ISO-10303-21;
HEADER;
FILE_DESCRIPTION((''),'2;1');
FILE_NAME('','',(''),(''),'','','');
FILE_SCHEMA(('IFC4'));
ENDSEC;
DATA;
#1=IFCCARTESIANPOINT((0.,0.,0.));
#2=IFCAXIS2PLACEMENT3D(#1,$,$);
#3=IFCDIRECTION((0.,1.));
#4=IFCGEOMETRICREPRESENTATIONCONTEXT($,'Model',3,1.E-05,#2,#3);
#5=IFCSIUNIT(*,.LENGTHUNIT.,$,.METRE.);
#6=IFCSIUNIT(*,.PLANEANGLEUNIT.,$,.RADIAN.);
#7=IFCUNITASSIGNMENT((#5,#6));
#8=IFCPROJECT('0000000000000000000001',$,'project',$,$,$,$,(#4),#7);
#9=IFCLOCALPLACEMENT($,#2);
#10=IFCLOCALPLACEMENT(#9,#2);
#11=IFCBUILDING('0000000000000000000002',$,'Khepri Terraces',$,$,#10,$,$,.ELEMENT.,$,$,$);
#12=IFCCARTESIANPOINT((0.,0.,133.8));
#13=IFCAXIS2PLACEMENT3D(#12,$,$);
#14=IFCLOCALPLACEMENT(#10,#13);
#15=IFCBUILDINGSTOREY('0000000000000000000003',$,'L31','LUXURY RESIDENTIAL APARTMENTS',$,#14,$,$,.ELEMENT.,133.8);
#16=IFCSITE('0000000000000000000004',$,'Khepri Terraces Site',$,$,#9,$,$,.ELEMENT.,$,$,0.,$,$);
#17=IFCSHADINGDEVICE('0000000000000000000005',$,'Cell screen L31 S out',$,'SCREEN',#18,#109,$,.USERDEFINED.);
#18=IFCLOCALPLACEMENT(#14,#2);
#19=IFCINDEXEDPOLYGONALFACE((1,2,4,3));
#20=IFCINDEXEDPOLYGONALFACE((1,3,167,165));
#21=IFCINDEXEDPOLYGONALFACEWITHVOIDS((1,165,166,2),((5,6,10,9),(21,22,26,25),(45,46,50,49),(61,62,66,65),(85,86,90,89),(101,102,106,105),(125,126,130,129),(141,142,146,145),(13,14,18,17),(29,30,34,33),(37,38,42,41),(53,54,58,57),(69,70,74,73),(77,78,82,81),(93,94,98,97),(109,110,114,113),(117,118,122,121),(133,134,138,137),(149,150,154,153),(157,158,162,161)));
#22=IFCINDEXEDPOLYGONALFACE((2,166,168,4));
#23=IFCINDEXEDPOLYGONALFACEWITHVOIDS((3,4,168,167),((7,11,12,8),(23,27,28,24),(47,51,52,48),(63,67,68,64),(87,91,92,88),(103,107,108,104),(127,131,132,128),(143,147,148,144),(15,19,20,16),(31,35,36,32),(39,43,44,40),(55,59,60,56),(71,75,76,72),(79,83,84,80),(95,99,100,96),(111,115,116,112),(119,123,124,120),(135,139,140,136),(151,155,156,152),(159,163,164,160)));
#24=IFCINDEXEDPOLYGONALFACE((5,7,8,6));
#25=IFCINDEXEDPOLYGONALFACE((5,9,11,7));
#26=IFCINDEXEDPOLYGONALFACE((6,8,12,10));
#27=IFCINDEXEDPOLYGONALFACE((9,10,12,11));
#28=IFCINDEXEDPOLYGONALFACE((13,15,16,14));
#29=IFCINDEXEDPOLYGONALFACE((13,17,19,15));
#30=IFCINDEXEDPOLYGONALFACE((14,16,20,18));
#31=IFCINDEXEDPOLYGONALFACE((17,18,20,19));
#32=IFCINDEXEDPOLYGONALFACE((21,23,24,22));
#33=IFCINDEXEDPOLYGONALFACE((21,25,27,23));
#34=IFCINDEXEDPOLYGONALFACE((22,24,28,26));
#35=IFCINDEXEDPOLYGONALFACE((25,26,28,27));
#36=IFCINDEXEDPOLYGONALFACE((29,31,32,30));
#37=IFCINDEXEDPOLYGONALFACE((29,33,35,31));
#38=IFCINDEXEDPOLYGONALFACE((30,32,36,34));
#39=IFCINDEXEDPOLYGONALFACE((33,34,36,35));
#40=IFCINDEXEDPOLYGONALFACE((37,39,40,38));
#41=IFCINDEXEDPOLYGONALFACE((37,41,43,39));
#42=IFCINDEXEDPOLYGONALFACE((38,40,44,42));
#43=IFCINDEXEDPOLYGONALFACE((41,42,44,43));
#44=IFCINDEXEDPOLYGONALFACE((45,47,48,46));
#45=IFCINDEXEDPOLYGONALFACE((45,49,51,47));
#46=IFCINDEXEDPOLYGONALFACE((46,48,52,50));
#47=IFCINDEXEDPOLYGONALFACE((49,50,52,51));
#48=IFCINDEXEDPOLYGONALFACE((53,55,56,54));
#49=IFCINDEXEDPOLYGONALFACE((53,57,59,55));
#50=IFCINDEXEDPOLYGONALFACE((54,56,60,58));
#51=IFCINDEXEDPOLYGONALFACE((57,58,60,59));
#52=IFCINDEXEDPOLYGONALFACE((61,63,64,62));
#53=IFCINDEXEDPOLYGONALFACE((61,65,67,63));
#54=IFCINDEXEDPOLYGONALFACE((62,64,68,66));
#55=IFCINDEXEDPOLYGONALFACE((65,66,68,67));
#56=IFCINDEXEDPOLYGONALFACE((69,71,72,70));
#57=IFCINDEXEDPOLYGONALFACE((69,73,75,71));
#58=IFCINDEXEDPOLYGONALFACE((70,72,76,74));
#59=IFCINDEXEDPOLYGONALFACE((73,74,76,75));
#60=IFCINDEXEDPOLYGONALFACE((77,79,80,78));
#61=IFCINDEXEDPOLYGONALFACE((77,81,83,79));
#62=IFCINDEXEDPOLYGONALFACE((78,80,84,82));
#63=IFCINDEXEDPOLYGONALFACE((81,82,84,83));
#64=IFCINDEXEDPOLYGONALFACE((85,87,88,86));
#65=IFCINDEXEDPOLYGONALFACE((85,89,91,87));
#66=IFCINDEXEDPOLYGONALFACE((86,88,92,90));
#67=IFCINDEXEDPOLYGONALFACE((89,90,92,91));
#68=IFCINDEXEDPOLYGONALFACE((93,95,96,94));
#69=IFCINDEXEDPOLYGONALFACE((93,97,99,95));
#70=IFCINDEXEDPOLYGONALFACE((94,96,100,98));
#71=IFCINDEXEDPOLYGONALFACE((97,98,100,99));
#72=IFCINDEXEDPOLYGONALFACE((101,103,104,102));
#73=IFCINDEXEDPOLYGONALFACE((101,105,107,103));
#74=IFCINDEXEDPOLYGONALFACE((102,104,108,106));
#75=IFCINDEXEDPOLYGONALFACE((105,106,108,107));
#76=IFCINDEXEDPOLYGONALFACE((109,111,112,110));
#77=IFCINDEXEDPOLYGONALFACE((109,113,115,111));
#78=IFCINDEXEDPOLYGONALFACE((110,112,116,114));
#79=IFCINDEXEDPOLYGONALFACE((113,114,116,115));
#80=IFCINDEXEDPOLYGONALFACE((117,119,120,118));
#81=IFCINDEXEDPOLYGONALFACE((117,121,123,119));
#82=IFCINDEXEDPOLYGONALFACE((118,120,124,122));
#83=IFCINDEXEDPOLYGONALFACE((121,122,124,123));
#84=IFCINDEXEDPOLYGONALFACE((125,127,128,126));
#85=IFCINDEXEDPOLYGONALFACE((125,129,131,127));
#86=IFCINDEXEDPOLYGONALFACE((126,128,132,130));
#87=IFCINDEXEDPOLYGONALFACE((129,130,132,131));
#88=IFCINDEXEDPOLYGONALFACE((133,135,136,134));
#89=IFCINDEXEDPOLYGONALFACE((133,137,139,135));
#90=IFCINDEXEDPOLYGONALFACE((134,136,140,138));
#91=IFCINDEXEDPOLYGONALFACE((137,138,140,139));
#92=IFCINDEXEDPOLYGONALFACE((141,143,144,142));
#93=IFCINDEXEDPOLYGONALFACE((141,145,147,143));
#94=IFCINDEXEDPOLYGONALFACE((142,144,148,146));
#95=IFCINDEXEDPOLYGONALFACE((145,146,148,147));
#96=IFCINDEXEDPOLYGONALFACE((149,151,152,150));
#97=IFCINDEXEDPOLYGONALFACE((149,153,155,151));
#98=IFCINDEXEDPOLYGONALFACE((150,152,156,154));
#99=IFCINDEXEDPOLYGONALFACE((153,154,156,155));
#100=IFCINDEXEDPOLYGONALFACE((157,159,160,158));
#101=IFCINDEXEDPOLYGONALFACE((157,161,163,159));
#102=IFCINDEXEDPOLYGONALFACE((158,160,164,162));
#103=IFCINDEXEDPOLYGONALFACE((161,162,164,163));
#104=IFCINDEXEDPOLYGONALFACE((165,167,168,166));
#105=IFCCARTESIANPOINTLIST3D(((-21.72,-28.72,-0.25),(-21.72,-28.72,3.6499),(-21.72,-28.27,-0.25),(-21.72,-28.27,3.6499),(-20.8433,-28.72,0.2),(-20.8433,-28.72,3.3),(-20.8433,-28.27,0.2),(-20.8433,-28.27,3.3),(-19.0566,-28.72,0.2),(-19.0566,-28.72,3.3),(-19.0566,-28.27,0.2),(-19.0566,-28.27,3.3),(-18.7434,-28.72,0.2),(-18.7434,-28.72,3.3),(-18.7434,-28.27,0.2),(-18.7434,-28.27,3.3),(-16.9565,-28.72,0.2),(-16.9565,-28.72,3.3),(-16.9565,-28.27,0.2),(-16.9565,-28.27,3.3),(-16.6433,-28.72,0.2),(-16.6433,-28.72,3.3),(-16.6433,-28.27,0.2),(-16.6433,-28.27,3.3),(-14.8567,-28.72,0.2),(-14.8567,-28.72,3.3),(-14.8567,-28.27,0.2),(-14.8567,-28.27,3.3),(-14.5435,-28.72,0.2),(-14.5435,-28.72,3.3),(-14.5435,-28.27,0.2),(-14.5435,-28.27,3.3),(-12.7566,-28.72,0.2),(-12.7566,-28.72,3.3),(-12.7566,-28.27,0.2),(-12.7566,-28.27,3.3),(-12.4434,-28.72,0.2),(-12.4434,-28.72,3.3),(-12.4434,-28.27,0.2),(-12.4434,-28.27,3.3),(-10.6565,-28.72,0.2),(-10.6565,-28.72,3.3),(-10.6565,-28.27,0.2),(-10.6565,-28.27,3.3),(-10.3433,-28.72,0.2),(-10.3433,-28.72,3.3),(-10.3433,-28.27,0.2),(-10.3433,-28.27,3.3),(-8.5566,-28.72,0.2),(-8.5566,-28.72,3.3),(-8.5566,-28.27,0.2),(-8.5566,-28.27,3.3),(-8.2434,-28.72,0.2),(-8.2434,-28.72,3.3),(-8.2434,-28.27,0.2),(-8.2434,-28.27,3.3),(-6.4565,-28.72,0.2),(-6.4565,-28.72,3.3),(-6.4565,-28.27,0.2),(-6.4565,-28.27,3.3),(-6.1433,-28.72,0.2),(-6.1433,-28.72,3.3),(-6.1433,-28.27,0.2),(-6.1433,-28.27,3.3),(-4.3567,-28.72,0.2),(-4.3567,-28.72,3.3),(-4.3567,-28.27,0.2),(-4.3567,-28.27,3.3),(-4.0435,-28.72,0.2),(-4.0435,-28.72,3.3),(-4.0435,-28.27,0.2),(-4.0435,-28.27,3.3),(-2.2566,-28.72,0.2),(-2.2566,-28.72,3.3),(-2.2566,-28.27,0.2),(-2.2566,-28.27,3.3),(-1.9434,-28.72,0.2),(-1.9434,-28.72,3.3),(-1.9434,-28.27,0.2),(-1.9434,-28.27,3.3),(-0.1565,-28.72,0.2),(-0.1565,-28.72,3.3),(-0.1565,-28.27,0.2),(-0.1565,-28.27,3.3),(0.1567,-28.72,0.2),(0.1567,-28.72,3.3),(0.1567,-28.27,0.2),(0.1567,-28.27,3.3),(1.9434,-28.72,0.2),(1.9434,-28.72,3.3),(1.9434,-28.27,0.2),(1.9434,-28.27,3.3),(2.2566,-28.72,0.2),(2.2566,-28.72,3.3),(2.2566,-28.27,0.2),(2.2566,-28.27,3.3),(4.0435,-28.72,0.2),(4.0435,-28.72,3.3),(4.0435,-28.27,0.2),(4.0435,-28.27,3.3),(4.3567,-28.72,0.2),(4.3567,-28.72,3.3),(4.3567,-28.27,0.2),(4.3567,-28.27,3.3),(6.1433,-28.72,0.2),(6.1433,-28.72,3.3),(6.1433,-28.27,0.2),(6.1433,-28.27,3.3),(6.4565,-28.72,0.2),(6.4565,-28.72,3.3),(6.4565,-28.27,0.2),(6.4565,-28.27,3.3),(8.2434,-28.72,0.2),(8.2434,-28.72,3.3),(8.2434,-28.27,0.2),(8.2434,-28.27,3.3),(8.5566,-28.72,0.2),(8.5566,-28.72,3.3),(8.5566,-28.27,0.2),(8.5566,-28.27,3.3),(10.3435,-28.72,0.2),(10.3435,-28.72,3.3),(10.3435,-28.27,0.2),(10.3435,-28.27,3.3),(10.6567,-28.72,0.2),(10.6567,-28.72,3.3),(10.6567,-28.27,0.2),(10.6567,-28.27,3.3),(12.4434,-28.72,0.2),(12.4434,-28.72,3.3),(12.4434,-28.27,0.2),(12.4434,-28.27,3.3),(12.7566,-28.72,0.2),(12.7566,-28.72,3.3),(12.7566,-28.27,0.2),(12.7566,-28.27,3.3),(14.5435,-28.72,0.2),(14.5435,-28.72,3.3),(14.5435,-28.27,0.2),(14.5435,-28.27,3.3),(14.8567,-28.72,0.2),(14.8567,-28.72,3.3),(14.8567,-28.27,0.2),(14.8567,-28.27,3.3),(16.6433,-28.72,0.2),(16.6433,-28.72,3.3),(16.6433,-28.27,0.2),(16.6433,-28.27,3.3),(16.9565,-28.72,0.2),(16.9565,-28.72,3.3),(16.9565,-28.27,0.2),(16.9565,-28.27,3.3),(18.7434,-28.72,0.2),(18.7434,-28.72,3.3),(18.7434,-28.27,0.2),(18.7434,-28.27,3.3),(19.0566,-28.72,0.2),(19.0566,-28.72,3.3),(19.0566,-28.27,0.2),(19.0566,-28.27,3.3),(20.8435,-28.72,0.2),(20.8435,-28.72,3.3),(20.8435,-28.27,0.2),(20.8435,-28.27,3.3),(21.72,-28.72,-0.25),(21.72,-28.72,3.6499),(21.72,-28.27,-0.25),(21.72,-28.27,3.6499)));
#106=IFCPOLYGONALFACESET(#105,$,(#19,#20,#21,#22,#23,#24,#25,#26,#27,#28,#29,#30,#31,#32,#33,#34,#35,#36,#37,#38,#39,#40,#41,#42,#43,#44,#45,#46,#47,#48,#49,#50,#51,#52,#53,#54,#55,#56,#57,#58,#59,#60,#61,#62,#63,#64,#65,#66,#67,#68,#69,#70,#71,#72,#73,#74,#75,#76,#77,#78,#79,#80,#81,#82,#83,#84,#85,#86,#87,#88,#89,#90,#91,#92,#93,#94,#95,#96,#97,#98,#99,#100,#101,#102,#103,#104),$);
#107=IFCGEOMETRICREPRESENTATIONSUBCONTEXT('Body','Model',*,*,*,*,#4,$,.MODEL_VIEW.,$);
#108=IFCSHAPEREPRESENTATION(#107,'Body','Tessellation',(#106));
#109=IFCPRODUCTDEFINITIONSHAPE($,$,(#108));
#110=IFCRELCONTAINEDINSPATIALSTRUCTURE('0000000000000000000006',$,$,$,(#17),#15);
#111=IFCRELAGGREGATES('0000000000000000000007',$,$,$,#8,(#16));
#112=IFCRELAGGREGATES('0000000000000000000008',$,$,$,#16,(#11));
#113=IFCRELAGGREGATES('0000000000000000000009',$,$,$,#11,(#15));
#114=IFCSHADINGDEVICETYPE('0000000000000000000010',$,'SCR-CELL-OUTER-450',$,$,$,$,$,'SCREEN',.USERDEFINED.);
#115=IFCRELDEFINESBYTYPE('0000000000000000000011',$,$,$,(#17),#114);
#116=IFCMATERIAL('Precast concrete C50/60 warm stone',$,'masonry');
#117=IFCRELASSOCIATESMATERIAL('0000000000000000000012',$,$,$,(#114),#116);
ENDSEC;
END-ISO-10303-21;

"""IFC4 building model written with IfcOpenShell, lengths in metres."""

from ifc_helpers import new_model, si_unit, direction, frame, origin, place, context, subcontext, project, spatial, polyline, outline, extrude, material, type_object, element, save


model = new_model("IFC4")

# Units and contexts
model_context = context("Model", 3, precision=1e-05, world=origin(), true_north=direction((0.0, 1.0)))
body_context = subcontext(model_context, "Body", "Model", "MODEL_VIEW")
ifc_project = project(units=[si_unit("LENGTHUNIT", "METRE"), si_unit("PLANEANGLEUNIT", "RADIAN")], contexts=[model_context])

# Site, building, storey
site_placement = place(None, origin())
site = spatial("IfcSite", under=ifc_project, at=site_placement, Name="Khepri Terraces Site", CompositionType="ELEMENT", RefElevation=0.0)
building_placement = place(site_placement, origin())
building = spatial("IfcBuilding", under=site, at=building_placement, Name="Khepri Terraces", CompositionType="ELEMENT")
storey_placement = place(building_placement, frame((0.0, 0.0, 133.8)))
storey = spatial("IfcBuildingStorey", under=building, at=storey_placement, Name="L31", Description="LUXURY RESIDENTIAL APARTMENTS", CompositionType="ELEMENT", Elevation=133.8)

# Shared definitions
ifc_material_1 = material(Name="Precast concrete C50/60 warm stone", Category="masonry")

# Shading device
shading_device_type_1 = type_object("IfcShadingDeviceType", Name="SCR-CELL-OUTER-450", ElementType="SCREEN", PredefinedType="USERDEFINED", material=ifc_material_1)
shading_device_1_placement = place(storey_placement, frame((-21.72, -28.27, -0.25), z_axis=(0.0, -1.0, 0.0), x_axis=(1.0, 0.0, 0.0)))
element("IfcShadingDevice", 1, at=shading_device_1_placement, inside=storey, type_object=shading_device_type_1, Name="Cell screen L31 S out", ObjectType="SCREEN", PredefinedType="USERDEFINED", context=body_context, shape_type="SweptSolid", body=[
    extrude(outline(polyline([(0.0, 0.0), (43.4399, 0.0), (43.4399, 3.8999), (0.0, 3.8999), (0.0, 0.0)]), holes=[polyline([(0.8767, 0.45), (2.6633, 0.45), (2.6633, 3.55), (0.8767, 3.55), (0.8767, 0.45)]), polyline([(2.9766, 0.45), (4.7634, 0.45), (4.7634, 3.55), (2.9766, 3.55), (2.9766, 0.45)]), polyline([(5.0767, 0.45), (6.8633, 0.45), (6.8633, 3.55), (5.0767, 3.55), (5.0767, 0.45)]), polyline([(7.1765, 0.45), (8.9634, 0.45), (8.9634, 3.55), (7.1765, 3.55), (7.1765, 0.45)]), polyline([(9.2766, 0.45), (11.0635, 0.45), (11.0635, 3.55), (9.2766, 3.55), (9.2766, 0.45)]), polyline([(11.3767, 0.45), (13.1633, 0.45), (13.1633, 3.55), (11.3767, 3.55), (11.3767, 0.45)]), polyline([(13.4766, 0.45), (15.2634, 0.45), (15.2634, 3.55), (13.4766, 3.55), (13.4766, 0.45)]), polyline([(15.5767, 0.45), (17.3633, 0.45), (17.3633, 3.55), (15.5767, 3.55), (15.5767, 0.45)]), polyline([(17.6765, 0.45), (19.4634, 0.45), (19.4634, 3.55), (17.6765, 3.55), (17.6765, 0.45)]), polyline([(19.7766, 0.45), (21.5635, 0.45), (21.5635, 3.55), (19.7766, 3.55), (19.7766, 0.45)]), polyline([(21.8767, 0.45), (23.6633, 0.45), (23.6633, 3.55), (21.8767, 3.55), (21.8767, 0.45)]), polyline([(23.9766, 0.45), (25.7634, 0.45), (25.7634, 3.55), (23.9766, 3.55), (23.9766, 0.45)]), polyline([(26.0767, 0.45), (27.8633, 0.45), (27.8633, 3.55), (26.0767, 3.55), (26.0767, 0.45)]), polyline([(28.1765, 0.45), (29.9634, 0.45), (29.9634, 3.55), (28.1765, 3.55), (28.1765, 0.45)]), polyline([(30.2766, 0.45), (32.0635, 0.45), (32.0635, 3.55), (30.2766, 3.55), (30.2766, 0.45)]), polyline([(32.3767, 0.45), (34.1633, 0.45), (34.1633, 3.55), (32.3767, 3.55), (32.3767, 0.45)]), polyline([(34.4766, 0.45), (36.2634, 0.45), (36.2634, 3.55), (34.4766, 3.55), (34.4766, 0.45)]), polyline([(36.5767, 0.45), (38.3633, 0.45), (38.3633, 3.55), (36.5767, 3.55), (36.5767, 0.45)]), polyline([(38.6765, 0.45), (40.4634, 0.45), (40.4634, 3.55), (38.6765, 3.55), (38.6765, 0.45)]), polyline([(40.7766, 0.45), (42.5635, 0.45), (42.5635, 3.55), (40.7766, 3.55), (40.7766, 0.45)])]), origin(), (0.0, 0.0, 1.0), 0.45),
])

save(model, "model.ifc")
